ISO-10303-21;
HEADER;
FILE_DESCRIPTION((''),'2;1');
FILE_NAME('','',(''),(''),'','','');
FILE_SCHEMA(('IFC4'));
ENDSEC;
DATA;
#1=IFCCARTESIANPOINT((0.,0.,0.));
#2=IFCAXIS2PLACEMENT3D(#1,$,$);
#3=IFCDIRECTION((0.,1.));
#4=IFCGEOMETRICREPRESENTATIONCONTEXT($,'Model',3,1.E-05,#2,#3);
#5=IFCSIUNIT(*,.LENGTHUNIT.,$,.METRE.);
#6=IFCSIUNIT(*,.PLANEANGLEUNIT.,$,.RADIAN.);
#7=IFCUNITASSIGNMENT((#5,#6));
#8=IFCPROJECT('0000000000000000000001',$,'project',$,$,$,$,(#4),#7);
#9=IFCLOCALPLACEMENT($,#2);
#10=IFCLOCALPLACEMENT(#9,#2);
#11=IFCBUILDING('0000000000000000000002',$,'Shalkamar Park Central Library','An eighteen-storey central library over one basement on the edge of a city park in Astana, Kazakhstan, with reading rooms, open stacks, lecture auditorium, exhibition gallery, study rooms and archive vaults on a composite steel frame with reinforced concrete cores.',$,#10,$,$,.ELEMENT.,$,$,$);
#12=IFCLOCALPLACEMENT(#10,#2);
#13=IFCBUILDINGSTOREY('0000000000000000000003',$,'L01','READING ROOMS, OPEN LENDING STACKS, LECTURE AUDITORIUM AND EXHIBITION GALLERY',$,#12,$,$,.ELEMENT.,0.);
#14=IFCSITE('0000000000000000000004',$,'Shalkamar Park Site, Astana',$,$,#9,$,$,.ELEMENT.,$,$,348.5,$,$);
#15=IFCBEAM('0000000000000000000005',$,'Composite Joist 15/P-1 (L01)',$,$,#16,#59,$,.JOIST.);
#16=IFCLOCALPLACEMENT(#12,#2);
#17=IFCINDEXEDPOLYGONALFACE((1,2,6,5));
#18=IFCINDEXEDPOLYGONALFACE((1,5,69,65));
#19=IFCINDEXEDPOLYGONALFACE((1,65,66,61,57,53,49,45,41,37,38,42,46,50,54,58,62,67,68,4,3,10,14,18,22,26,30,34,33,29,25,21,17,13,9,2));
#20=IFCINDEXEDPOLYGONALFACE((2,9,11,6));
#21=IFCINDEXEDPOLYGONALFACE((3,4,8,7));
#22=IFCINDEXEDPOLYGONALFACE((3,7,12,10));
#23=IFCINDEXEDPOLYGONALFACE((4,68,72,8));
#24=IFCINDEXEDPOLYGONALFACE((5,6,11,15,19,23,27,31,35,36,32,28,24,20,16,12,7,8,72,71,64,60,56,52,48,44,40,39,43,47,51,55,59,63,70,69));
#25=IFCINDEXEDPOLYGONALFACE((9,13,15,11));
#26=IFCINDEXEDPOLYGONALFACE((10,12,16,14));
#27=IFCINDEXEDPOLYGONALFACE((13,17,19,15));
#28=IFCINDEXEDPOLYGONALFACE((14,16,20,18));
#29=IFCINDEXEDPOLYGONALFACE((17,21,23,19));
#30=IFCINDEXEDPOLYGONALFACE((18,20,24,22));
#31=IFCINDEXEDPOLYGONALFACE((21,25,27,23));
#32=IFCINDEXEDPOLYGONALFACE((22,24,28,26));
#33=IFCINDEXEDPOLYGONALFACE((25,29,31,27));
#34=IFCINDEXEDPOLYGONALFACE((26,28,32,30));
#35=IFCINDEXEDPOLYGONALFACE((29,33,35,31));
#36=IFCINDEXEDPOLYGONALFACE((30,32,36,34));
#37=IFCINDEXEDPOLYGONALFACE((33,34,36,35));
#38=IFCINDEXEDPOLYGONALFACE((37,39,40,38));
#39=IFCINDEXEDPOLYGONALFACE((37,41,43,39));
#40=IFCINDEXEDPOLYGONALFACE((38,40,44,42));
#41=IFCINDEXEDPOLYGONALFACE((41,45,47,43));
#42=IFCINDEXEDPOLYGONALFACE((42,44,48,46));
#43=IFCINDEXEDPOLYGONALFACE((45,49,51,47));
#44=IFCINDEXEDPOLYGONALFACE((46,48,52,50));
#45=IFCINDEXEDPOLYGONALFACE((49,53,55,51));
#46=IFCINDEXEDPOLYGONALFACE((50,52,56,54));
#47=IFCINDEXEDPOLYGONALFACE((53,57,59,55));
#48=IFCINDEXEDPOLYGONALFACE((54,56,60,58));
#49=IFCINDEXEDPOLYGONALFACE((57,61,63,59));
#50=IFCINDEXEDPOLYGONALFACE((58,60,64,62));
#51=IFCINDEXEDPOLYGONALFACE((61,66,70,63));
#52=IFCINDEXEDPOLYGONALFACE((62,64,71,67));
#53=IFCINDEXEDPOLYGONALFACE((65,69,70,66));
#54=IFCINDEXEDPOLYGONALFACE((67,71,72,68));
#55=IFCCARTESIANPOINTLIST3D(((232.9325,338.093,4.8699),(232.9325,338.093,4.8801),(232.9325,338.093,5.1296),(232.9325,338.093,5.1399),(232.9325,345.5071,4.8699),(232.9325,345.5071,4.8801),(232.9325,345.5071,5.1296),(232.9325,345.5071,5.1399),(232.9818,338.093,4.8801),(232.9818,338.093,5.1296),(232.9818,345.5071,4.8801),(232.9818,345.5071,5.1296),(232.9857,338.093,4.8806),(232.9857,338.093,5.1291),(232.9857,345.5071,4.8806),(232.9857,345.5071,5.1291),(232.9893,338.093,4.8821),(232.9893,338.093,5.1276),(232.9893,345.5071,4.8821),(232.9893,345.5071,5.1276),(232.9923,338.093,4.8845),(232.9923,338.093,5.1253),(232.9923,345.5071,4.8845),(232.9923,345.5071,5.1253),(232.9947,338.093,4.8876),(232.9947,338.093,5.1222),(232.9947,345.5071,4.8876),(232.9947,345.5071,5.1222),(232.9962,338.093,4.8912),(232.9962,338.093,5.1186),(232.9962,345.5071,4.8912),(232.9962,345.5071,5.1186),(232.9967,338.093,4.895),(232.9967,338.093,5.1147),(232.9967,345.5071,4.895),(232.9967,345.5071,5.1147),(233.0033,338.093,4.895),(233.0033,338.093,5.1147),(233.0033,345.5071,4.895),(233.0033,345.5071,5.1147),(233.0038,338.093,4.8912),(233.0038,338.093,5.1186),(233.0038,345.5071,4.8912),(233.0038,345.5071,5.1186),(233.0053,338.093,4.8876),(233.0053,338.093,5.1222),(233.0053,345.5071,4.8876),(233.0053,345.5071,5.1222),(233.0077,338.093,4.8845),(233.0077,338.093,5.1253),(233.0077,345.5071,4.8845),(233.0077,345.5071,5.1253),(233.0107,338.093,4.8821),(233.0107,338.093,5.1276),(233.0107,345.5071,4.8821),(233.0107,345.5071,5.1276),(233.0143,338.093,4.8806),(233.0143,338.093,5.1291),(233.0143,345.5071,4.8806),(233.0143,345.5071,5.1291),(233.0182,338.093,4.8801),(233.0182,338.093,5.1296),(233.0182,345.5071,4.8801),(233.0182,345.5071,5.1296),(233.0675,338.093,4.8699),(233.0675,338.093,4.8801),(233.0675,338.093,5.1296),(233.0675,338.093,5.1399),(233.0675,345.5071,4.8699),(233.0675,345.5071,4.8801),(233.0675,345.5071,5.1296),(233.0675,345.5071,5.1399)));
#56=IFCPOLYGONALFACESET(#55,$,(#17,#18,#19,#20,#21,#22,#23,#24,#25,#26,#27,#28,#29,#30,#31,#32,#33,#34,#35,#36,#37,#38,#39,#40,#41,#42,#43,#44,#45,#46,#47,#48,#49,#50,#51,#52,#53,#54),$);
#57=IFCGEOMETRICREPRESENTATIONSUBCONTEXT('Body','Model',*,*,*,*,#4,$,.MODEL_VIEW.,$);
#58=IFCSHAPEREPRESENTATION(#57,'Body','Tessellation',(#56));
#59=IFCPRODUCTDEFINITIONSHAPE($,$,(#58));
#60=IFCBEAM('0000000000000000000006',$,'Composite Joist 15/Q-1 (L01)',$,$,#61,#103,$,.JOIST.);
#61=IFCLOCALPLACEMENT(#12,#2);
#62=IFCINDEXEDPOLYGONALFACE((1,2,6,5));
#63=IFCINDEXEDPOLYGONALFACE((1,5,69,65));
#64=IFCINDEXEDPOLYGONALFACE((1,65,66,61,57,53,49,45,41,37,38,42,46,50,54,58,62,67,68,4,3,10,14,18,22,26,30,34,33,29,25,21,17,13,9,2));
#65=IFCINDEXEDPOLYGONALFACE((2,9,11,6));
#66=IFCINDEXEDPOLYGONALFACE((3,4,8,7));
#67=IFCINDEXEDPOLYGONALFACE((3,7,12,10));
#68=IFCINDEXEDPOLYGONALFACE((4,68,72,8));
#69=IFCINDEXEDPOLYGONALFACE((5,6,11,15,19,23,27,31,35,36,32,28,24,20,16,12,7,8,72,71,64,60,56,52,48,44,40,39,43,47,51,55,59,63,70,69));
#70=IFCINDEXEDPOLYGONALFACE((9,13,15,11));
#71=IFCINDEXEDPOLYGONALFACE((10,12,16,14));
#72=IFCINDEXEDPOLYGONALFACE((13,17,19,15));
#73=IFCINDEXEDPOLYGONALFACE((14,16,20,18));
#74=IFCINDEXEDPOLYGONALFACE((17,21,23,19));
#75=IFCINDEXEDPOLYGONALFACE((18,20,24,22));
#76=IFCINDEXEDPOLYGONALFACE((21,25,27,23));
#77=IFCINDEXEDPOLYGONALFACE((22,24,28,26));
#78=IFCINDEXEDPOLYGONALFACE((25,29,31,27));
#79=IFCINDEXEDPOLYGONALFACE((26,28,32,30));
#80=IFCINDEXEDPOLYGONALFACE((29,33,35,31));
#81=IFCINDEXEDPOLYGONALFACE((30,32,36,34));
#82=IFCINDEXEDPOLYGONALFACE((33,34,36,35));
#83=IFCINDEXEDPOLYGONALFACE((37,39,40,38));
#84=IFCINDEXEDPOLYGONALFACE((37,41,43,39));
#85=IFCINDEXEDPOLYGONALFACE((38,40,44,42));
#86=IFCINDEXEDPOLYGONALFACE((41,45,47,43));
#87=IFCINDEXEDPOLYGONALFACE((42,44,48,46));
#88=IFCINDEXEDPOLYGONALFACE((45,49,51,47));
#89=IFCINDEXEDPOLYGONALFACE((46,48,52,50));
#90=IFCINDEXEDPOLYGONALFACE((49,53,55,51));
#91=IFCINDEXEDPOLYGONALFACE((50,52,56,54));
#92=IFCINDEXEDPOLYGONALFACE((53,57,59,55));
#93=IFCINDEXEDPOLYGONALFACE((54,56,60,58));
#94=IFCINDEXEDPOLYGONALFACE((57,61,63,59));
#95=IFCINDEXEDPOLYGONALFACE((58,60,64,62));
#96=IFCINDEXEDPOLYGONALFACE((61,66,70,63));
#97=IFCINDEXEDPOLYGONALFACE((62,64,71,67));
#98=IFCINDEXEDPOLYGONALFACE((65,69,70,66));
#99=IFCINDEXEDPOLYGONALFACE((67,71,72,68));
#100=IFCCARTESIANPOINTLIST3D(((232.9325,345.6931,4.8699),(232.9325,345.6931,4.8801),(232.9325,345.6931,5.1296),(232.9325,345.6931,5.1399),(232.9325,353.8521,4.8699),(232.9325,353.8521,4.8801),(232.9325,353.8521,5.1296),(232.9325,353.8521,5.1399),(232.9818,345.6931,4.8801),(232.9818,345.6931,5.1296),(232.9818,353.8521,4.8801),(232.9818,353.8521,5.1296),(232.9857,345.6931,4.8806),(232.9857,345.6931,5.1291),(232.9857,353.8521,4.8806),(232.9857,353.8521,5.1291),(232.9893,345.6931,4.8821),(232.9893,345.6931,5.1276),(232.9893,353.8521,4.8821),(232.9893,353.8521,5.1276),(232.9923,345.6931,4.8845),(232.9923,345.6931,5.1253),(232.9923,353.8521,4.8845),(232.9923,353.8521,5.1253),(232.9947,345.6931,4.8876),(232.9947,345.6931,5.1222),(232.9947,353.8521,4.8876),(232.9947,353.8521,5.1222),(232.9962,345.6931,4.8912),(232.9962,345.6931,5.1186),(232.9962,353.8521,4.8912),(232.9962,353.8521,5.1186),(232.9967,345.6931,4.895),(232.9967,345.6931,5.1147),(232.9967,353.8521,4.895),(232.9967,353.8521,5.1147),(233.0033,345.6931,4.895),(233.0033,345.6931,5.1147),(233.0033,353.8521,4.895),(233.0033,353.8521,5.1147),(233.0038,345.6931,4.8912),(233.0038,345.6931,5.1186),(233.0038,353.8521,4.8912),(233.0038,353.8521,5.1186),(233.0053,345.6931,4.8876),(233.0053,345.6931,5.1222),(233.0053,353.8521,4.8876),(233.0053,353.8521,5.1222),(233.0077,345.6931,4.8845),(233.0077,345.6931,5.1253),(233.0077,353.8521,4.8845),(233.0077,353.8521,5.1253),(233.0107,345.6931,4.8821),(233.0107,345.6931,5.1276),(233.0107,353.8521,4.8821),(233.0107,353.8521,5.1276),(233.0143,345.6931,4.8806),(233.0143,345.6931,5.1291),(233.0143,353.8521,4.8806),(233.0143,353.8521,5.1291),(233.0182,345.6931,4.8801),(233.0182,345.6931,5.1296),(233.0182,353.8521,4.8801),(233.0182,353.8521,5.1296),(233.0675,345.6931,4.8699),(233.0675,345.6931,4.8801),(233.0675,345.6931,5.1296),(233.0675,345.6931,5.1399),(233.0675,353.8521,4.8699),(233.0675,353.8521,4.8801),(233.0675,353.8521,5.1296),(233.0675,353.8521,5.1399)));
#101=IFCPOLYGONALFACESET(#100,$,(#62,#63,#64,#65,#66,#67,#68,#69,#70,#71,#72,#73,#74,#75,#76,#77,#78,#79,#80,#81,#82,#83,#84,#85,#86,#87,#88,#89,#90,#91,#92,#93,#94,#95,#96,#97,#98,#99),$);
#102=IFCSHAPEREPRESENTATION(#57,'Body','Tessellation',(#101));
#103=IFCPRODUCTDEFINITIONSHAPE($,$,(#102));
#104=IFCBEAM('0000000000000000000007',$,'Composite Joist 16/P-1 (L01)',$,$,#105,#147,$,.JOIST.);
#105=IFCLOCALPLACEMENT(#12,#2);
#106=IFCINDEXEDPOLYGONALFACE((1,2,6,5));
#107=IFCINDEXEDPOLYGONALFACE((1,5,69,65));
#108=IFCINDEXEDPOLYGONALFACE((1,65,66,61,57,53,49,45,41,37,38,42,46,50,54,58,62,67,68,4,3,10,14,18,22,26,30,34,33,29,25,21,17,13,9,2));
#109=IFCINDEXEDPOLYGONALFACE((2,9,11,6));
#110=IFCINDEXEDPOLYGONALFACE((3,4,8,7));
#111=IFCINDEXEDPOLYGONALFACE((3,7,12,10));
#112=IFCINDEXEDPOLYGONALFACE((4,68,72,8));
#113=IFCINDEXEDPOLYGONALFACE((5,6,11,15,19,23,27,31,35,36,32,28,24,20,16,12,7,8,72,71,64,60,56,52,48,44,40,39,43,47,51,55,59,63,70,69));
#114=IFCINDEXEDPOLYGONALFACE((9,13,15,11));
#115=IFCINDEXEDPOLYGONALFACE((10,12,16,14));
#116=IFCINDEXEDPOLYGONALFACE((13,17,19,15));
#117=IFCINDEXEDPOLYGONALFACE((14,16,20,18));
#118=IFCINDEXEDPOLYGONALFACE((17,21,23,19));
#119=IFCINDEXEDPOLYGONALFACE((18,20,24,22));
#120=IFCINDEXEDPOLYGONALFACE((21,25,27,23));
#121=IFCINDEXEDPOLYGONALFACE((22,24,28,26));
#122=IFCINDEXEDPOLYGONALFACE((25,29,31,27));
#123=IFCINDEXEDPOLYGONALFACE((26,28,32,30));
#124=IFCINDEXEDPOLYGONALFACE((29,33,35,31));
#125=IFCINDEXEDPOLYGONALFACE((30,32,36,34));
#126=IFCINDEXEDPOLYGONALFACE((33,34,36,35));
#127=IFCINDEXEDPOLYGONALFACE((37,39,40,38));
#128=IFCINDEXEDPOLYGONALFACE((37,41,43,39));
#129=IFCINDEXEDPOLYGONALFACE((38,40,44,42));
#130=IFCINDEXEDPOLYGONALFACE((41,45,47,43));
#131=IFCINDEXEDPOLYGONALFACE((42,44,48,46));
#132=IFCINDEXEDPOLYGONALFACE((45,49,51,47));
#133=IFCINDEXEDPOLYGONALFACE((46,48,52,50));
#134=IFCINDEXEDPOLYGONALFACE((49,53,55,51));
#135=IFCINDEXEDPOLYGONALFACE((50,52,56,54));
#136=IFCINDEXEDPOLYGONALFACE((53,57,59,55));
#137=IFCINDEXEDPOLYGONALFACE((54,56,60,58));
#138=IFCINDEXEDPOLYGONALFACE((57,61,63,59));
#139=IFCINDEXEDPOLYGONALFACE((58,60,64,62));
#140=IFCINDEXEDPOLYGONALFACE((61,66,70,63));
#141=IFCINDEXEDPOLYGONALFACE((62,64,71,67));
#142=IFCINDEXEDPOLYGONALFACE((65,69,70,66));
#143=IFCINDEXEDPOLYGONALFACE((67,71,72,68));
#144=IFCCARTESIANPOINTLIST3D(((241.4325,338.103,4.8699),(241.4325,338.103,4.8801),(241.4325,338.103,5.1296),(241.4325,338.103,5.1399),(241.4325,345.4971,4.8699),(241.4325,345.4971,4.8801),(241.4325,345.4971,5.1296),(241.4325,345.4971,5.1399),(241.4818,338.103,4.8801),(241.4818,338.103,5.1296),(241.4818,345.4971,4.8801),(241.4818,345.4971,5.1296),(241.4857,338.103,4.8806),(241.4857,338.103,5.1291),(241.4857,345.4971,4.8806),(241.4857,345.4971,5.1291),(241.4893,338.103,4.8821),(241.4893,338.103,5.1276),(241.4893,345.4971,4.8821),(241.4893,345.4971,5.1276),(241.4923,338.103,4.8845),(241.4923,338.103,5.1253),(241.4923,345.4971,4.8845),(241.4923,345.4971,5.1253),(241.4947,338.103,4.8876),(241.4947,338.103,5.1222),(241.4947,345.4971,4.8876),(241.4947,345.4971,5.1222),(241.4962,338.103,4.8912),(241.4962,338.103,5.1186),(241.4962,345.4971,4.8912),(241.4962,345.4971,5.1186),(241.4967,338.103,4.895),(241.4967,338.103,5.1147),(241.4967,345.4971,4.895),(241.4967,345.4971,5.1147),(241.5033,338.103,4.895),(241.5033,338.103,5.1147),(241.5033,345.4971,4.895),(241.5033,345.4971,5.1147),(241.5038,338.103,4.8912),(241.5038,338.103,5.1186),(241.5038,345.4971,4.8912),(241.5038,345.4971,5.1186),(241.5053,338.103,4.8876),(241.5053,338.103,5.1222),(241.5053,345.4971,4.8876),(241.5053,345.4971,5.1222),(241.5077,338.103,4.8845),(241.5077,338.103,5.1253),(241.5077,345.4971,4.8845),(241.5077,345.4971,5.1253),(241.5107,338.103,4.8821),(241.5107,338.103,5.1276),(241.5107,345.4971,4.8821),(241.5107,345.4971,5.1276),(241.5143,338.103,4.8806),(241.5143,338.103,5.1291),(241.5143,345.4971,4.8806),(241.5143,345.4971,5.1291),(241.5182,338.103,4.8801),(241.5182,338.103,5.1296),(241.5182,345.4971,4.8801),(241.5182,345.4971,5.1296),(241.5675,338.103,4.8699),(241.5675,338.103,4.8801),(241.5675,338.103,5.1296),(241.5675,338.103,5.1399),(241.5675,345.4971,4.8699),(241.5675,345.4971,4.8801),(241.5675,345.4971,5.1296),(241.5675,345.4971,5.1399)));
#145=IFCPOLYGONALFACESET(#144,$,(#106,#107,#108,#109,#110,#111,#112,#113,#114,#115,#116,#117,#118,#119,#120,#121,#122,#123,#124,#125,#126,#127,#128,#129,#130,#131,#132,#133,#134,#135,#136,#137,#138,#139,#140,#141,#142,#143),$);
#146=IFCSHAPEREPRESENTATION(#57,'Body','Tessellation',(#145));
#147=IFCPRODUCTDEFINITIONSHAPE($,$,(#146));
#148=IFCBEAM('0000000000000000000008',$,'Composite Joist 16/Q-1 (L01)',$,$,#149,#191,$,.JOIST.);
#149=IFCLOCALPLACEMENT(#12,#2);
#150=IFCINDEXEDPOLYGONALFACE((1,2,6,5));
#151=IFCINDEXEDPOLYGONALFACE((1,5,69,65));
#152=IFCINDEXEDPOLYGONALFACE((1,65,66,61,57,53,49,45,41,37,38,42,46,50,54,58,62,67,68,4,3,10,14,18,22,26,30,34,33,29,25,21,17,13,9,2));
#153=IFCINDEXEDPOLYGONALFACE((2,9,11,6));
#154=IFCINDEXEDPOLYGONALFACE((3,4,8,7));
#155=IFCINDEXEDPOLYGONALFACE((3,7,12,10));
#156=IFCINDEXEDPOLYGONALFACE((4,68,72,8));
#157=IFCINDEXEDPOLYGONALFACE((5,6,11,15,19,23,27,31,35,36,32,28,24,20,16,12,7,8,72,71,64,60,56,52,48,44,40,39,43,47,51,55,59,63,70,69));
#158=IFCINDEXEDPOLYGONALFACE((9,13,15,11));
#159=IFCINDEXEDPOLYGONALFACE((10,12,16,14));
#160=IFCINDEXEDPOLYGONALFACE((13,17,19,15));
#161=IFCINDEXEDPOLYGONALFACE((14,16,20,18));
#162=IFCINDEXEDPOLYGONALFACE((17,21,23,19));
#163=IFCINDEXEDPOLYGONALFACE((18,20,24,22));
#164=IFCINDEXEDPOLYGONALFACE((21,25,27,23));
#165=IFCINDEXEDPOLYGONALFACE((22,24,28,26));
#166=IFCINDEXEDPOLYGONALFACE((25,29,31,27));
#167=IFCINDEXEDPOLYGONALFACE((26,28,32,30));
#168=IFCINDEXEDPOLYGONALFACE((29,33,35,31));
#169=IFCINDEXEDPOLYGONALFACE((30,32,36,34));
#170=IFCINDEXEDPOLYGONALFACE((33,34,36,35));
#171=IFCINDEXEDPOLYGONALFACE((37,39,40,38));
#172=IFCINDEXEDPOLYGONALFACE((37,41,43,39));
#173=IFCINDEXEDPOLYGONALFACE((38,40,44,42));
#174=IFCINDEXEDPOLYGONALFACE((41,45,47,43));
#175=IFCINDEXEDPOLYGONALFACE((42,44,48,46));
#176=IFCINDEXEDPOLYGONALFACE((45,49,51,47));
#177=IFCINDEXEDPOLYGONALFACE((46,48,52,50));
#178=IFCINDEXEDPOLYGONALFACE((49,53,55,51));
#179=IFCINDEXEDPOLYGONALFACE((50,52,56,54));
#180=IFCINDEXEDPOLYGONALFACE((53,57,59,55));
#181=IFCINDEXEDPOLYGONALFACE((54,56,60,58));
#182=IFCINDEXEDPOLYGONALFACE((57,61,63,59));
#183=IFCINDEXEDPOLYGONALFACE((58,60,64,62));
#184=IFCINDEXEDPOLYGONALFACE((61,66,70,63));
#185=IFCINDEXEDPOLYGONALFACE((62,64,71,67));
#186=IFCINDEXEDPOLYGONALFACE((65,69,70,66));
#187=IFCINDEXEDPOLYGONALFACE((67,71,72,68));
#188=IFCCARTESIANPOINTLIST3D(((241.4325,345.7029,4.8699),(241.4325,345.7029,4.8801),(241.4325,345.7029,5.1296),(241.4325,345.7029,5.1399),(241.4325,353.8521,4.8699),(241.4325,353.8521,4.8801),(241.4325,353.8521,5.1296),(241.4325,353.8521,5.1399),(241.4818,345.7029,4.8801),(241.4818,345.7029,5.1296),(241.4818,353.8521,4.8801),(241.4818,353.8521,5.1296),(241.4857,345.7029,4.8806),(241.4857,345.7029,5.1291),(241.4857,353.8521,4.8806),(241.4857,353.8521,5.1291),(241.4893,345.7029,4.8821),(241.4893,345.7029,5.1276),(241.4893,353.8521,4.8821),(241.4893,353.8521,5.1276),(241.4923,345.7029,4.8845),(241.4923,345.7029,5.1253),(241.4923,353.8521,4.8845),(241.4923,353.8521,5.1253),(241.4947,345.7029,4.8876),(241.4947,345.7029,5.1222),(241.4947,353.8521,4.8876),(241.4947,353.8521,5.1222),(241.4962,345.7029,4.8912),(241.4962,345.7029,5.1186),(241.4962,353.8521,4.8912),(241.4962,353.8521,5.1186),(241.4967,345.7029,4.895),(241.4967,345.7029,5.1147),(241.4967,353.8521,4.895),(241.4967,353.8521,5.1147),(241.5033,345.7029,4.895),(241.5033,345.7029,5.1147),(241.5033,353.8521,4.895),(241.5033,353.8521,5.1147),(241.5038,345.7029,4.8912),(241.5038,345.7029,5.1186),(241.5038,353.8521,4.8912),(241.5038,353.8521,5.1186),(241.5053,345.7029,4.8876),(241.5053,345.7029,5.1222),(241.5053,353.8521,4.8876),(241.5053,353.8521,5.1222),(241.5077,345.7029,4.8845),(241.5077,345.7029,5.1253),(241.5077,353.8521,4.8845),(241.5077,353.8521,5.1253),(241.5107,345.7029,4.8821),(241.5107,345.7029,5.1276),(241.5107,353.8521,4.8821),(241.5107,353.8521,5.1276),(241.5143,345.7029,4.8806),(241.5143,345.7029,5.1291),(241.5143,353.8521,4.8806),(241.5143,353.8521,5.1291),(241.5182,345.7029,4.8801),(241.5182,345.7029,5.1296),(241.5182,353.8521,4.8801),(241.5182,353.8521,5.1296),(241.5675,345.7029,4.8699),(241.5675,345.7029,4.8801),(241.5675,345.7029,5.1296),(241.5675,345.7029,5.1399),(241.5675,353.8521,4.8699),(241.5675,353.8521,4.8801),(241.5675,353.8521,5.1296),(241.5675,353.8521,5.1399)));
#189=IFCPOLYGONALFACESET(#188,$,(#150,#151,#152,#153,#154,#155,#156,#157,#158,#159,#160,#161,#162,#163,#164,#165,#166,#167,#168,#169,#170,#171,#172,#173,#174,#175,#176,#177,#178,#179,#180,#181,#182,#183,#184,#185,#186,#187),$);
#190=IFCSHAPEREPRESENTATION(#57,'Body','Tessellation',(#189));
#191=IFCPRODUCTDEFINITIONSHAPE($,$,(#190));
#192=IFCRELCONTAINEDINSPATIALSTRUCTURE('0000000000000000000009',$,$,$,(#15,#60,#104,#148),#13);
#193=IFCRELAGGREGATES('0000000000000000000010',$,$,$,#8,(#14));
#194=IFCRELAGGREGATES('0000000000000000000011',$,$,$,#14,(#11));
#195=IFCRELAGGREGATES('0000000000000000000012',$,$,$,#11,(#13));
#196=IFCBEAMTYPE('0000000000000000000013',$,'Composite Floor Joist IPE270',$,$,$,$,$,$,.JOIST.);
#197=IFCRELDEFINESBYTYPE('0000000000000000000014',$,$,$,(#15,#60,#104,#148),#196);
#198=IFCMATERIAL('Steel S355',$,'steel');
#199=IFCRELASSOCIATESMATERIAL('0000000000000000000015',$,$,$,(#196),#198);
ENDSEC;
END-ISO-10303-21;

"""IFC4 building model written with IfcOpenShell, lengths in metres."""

from ifc_helpers import new_model, si_unit, direction, frame, origin, origin_2d, place, context, subcontext, project, spatial, i_section, extrude, material, material_profile, profile_set, type_object, element, save


model = new_model("IFC4")

# Units and contexts
model_context = context("Model", 3, precision=1e-05, world=origin(), true_north=direction((0.0, 1.0)))
body_context = subcontext(model_context, "Body", "Model", "MODEL_VIEW")
ifc_project = project(units=[si_unit("LENGTHUNIT", "METRE"), si_unit("PLANEANGLEUNIT", "RADIAN")], contexts=[model_context])

# Site, building, storey
site_placement = place(None, origin())
site = spatial("IfcSite", under=ifc_project, at=site_placement, Name="Shalkamar Park Site, Astana", CompositionType="ELEMENT", RefElevation=348.5)
building_placement = place(site_placement, origin())
building = spatial("IfcBuilding", under=site, at=building_placement, Name="Shalkamar Park Central Library", Description="An eighteen-storey central library over one basement on the edge of a city park in Astana, Kazakhstan, with reading rooms, open stacks, lecture auditorium, exhibition gallery, study rooms and archive vaults on a composite steel frame with reinforced concrete cores.", CompositionType="ELEMENT")
storey_placement = place(building_placement, origin())
storey = spatial("IfcBuildingStorey", under=building, at=storey_placement, Name="L01", Description="READING ROOMS, OPEN LENDING STACKS, LECTURE AUDITORIUM AND EXHIBITION GALLERY", CompositionType="ELEMENT", Elevation=0.0)

# Shared definitions
ifc_material_1 = material(Name="Steel S355", Category="steel")

# Beams
ifc_material_profile_1 = material_profile(ifc_material_1, i_section(OverallWidth=0.135, OverallDepth=0.27, WebThickness=0.0066, FlangeThickness=0.0103, FilletRadius=0.0149, at=origin_2d()), Name="IPE 270")
ifc_profile_set_1 = profile_set([ifc_material_profile_1], Name="Steel S355")
beam_type_1 = type_object("IfcBeamType", Name="Composite Floor Joist IPE270", PredefinedType="JOIST", material=ifc_profile_set_1)
beam_1_placement = place(storey_placement, frame((233.0, 338.093, 5.0049), z_axis=(0.0, 1.0, 0.0), x_axis=(-1.0, 0.0, 0.0)))
element("IfcBeam", 1, at=beam_1_placement, inside=storey, type_object=beam_type_1, Name="Composite Joist 15/P-1 (L01)", PredefinedType="JOIST", context=body_context, shape_type="SweptSolid", body=[
    extrude(i_section(OverallWidth=0.135, OverallDepth=0.27, WebThickness=0.0066, FlangeThickness=0.0103, FilletRadius=0.0149, at=origin_2d()), origin(), (0.0, 0.0, 1.0), 7.4141),
])
beam_2_placement = place(storey_placement, frame((233.0, 345.6931, 5.0049), z_axis=(0.0, 1.0, 0.0), x_axis=(-1.0, 0.0, 0.0)))
element("IfcBeam", 2, at=beam_2_placement, inside=storey, type_object=beam_type_1, Name="Composite Joist 15/Q-1 (L01)", PredefinedType="JOIST", context=body_context, shape_type="SweptSolid", body=[
    extrude(i_section(OverallWidth=0.135, OverallDepth=0.27, WebThickness=0.0066, FlangeThickness=0.0103, FilletRadius=0.0149, at=origin_2d()), origin(), (0.0, 0.0, 1.0), 8.1589),
])
beam_3_placement = place(storey_placement, frame((241.5, 338.103, 5.0049), z_axis=(0.0, 1.0, 0.0), x_axis=(-1.0, 0.0, 0.0)))
element("IfcBeam", 3, at=beam_3_placement, inside=storey, type_object=beam_type_1, Name="Composite Joist 16/P-1 (L01)", PredefinedType="JOIST", context=body_context, shape_type="SweptSolid", body=[
    extrude(i_section(OverallWidth=0.135, OverallDepth=0.27, WebThickness=0.0066, FlangeThickness=0.0103, FilletRadius=0.0149, at=origin_2d()), origin(), (0.0, 0.0, 1.0), 7.394),
])
beam_4_placement = place(storey_placement, frame((241.5, 345.7029, 5.0049), z_axis=(0.0, 1.0, 0.0), x_axis=(-1.0, 0.0, 0.0)))
element("IfcBeam", 4, at=beam_4_placement, inside=storey, type_object=beam_type_1, Name="Composite Joist 16/Q-1 (L01)", PredefinedType="JOIST", context=body_context, shape_type="SweptSolid", body=[
    extrude(i_section(OverallWidth=0.135, OverallDepth=0.27, WebThickness=0.0066, FlangeThickness=0.0103, FilletRadius=0.0149, at=origin_2d()), origin(), (0.0, 0.0, 1.0), 8.1492),
])

save(model, "model.ifc")
